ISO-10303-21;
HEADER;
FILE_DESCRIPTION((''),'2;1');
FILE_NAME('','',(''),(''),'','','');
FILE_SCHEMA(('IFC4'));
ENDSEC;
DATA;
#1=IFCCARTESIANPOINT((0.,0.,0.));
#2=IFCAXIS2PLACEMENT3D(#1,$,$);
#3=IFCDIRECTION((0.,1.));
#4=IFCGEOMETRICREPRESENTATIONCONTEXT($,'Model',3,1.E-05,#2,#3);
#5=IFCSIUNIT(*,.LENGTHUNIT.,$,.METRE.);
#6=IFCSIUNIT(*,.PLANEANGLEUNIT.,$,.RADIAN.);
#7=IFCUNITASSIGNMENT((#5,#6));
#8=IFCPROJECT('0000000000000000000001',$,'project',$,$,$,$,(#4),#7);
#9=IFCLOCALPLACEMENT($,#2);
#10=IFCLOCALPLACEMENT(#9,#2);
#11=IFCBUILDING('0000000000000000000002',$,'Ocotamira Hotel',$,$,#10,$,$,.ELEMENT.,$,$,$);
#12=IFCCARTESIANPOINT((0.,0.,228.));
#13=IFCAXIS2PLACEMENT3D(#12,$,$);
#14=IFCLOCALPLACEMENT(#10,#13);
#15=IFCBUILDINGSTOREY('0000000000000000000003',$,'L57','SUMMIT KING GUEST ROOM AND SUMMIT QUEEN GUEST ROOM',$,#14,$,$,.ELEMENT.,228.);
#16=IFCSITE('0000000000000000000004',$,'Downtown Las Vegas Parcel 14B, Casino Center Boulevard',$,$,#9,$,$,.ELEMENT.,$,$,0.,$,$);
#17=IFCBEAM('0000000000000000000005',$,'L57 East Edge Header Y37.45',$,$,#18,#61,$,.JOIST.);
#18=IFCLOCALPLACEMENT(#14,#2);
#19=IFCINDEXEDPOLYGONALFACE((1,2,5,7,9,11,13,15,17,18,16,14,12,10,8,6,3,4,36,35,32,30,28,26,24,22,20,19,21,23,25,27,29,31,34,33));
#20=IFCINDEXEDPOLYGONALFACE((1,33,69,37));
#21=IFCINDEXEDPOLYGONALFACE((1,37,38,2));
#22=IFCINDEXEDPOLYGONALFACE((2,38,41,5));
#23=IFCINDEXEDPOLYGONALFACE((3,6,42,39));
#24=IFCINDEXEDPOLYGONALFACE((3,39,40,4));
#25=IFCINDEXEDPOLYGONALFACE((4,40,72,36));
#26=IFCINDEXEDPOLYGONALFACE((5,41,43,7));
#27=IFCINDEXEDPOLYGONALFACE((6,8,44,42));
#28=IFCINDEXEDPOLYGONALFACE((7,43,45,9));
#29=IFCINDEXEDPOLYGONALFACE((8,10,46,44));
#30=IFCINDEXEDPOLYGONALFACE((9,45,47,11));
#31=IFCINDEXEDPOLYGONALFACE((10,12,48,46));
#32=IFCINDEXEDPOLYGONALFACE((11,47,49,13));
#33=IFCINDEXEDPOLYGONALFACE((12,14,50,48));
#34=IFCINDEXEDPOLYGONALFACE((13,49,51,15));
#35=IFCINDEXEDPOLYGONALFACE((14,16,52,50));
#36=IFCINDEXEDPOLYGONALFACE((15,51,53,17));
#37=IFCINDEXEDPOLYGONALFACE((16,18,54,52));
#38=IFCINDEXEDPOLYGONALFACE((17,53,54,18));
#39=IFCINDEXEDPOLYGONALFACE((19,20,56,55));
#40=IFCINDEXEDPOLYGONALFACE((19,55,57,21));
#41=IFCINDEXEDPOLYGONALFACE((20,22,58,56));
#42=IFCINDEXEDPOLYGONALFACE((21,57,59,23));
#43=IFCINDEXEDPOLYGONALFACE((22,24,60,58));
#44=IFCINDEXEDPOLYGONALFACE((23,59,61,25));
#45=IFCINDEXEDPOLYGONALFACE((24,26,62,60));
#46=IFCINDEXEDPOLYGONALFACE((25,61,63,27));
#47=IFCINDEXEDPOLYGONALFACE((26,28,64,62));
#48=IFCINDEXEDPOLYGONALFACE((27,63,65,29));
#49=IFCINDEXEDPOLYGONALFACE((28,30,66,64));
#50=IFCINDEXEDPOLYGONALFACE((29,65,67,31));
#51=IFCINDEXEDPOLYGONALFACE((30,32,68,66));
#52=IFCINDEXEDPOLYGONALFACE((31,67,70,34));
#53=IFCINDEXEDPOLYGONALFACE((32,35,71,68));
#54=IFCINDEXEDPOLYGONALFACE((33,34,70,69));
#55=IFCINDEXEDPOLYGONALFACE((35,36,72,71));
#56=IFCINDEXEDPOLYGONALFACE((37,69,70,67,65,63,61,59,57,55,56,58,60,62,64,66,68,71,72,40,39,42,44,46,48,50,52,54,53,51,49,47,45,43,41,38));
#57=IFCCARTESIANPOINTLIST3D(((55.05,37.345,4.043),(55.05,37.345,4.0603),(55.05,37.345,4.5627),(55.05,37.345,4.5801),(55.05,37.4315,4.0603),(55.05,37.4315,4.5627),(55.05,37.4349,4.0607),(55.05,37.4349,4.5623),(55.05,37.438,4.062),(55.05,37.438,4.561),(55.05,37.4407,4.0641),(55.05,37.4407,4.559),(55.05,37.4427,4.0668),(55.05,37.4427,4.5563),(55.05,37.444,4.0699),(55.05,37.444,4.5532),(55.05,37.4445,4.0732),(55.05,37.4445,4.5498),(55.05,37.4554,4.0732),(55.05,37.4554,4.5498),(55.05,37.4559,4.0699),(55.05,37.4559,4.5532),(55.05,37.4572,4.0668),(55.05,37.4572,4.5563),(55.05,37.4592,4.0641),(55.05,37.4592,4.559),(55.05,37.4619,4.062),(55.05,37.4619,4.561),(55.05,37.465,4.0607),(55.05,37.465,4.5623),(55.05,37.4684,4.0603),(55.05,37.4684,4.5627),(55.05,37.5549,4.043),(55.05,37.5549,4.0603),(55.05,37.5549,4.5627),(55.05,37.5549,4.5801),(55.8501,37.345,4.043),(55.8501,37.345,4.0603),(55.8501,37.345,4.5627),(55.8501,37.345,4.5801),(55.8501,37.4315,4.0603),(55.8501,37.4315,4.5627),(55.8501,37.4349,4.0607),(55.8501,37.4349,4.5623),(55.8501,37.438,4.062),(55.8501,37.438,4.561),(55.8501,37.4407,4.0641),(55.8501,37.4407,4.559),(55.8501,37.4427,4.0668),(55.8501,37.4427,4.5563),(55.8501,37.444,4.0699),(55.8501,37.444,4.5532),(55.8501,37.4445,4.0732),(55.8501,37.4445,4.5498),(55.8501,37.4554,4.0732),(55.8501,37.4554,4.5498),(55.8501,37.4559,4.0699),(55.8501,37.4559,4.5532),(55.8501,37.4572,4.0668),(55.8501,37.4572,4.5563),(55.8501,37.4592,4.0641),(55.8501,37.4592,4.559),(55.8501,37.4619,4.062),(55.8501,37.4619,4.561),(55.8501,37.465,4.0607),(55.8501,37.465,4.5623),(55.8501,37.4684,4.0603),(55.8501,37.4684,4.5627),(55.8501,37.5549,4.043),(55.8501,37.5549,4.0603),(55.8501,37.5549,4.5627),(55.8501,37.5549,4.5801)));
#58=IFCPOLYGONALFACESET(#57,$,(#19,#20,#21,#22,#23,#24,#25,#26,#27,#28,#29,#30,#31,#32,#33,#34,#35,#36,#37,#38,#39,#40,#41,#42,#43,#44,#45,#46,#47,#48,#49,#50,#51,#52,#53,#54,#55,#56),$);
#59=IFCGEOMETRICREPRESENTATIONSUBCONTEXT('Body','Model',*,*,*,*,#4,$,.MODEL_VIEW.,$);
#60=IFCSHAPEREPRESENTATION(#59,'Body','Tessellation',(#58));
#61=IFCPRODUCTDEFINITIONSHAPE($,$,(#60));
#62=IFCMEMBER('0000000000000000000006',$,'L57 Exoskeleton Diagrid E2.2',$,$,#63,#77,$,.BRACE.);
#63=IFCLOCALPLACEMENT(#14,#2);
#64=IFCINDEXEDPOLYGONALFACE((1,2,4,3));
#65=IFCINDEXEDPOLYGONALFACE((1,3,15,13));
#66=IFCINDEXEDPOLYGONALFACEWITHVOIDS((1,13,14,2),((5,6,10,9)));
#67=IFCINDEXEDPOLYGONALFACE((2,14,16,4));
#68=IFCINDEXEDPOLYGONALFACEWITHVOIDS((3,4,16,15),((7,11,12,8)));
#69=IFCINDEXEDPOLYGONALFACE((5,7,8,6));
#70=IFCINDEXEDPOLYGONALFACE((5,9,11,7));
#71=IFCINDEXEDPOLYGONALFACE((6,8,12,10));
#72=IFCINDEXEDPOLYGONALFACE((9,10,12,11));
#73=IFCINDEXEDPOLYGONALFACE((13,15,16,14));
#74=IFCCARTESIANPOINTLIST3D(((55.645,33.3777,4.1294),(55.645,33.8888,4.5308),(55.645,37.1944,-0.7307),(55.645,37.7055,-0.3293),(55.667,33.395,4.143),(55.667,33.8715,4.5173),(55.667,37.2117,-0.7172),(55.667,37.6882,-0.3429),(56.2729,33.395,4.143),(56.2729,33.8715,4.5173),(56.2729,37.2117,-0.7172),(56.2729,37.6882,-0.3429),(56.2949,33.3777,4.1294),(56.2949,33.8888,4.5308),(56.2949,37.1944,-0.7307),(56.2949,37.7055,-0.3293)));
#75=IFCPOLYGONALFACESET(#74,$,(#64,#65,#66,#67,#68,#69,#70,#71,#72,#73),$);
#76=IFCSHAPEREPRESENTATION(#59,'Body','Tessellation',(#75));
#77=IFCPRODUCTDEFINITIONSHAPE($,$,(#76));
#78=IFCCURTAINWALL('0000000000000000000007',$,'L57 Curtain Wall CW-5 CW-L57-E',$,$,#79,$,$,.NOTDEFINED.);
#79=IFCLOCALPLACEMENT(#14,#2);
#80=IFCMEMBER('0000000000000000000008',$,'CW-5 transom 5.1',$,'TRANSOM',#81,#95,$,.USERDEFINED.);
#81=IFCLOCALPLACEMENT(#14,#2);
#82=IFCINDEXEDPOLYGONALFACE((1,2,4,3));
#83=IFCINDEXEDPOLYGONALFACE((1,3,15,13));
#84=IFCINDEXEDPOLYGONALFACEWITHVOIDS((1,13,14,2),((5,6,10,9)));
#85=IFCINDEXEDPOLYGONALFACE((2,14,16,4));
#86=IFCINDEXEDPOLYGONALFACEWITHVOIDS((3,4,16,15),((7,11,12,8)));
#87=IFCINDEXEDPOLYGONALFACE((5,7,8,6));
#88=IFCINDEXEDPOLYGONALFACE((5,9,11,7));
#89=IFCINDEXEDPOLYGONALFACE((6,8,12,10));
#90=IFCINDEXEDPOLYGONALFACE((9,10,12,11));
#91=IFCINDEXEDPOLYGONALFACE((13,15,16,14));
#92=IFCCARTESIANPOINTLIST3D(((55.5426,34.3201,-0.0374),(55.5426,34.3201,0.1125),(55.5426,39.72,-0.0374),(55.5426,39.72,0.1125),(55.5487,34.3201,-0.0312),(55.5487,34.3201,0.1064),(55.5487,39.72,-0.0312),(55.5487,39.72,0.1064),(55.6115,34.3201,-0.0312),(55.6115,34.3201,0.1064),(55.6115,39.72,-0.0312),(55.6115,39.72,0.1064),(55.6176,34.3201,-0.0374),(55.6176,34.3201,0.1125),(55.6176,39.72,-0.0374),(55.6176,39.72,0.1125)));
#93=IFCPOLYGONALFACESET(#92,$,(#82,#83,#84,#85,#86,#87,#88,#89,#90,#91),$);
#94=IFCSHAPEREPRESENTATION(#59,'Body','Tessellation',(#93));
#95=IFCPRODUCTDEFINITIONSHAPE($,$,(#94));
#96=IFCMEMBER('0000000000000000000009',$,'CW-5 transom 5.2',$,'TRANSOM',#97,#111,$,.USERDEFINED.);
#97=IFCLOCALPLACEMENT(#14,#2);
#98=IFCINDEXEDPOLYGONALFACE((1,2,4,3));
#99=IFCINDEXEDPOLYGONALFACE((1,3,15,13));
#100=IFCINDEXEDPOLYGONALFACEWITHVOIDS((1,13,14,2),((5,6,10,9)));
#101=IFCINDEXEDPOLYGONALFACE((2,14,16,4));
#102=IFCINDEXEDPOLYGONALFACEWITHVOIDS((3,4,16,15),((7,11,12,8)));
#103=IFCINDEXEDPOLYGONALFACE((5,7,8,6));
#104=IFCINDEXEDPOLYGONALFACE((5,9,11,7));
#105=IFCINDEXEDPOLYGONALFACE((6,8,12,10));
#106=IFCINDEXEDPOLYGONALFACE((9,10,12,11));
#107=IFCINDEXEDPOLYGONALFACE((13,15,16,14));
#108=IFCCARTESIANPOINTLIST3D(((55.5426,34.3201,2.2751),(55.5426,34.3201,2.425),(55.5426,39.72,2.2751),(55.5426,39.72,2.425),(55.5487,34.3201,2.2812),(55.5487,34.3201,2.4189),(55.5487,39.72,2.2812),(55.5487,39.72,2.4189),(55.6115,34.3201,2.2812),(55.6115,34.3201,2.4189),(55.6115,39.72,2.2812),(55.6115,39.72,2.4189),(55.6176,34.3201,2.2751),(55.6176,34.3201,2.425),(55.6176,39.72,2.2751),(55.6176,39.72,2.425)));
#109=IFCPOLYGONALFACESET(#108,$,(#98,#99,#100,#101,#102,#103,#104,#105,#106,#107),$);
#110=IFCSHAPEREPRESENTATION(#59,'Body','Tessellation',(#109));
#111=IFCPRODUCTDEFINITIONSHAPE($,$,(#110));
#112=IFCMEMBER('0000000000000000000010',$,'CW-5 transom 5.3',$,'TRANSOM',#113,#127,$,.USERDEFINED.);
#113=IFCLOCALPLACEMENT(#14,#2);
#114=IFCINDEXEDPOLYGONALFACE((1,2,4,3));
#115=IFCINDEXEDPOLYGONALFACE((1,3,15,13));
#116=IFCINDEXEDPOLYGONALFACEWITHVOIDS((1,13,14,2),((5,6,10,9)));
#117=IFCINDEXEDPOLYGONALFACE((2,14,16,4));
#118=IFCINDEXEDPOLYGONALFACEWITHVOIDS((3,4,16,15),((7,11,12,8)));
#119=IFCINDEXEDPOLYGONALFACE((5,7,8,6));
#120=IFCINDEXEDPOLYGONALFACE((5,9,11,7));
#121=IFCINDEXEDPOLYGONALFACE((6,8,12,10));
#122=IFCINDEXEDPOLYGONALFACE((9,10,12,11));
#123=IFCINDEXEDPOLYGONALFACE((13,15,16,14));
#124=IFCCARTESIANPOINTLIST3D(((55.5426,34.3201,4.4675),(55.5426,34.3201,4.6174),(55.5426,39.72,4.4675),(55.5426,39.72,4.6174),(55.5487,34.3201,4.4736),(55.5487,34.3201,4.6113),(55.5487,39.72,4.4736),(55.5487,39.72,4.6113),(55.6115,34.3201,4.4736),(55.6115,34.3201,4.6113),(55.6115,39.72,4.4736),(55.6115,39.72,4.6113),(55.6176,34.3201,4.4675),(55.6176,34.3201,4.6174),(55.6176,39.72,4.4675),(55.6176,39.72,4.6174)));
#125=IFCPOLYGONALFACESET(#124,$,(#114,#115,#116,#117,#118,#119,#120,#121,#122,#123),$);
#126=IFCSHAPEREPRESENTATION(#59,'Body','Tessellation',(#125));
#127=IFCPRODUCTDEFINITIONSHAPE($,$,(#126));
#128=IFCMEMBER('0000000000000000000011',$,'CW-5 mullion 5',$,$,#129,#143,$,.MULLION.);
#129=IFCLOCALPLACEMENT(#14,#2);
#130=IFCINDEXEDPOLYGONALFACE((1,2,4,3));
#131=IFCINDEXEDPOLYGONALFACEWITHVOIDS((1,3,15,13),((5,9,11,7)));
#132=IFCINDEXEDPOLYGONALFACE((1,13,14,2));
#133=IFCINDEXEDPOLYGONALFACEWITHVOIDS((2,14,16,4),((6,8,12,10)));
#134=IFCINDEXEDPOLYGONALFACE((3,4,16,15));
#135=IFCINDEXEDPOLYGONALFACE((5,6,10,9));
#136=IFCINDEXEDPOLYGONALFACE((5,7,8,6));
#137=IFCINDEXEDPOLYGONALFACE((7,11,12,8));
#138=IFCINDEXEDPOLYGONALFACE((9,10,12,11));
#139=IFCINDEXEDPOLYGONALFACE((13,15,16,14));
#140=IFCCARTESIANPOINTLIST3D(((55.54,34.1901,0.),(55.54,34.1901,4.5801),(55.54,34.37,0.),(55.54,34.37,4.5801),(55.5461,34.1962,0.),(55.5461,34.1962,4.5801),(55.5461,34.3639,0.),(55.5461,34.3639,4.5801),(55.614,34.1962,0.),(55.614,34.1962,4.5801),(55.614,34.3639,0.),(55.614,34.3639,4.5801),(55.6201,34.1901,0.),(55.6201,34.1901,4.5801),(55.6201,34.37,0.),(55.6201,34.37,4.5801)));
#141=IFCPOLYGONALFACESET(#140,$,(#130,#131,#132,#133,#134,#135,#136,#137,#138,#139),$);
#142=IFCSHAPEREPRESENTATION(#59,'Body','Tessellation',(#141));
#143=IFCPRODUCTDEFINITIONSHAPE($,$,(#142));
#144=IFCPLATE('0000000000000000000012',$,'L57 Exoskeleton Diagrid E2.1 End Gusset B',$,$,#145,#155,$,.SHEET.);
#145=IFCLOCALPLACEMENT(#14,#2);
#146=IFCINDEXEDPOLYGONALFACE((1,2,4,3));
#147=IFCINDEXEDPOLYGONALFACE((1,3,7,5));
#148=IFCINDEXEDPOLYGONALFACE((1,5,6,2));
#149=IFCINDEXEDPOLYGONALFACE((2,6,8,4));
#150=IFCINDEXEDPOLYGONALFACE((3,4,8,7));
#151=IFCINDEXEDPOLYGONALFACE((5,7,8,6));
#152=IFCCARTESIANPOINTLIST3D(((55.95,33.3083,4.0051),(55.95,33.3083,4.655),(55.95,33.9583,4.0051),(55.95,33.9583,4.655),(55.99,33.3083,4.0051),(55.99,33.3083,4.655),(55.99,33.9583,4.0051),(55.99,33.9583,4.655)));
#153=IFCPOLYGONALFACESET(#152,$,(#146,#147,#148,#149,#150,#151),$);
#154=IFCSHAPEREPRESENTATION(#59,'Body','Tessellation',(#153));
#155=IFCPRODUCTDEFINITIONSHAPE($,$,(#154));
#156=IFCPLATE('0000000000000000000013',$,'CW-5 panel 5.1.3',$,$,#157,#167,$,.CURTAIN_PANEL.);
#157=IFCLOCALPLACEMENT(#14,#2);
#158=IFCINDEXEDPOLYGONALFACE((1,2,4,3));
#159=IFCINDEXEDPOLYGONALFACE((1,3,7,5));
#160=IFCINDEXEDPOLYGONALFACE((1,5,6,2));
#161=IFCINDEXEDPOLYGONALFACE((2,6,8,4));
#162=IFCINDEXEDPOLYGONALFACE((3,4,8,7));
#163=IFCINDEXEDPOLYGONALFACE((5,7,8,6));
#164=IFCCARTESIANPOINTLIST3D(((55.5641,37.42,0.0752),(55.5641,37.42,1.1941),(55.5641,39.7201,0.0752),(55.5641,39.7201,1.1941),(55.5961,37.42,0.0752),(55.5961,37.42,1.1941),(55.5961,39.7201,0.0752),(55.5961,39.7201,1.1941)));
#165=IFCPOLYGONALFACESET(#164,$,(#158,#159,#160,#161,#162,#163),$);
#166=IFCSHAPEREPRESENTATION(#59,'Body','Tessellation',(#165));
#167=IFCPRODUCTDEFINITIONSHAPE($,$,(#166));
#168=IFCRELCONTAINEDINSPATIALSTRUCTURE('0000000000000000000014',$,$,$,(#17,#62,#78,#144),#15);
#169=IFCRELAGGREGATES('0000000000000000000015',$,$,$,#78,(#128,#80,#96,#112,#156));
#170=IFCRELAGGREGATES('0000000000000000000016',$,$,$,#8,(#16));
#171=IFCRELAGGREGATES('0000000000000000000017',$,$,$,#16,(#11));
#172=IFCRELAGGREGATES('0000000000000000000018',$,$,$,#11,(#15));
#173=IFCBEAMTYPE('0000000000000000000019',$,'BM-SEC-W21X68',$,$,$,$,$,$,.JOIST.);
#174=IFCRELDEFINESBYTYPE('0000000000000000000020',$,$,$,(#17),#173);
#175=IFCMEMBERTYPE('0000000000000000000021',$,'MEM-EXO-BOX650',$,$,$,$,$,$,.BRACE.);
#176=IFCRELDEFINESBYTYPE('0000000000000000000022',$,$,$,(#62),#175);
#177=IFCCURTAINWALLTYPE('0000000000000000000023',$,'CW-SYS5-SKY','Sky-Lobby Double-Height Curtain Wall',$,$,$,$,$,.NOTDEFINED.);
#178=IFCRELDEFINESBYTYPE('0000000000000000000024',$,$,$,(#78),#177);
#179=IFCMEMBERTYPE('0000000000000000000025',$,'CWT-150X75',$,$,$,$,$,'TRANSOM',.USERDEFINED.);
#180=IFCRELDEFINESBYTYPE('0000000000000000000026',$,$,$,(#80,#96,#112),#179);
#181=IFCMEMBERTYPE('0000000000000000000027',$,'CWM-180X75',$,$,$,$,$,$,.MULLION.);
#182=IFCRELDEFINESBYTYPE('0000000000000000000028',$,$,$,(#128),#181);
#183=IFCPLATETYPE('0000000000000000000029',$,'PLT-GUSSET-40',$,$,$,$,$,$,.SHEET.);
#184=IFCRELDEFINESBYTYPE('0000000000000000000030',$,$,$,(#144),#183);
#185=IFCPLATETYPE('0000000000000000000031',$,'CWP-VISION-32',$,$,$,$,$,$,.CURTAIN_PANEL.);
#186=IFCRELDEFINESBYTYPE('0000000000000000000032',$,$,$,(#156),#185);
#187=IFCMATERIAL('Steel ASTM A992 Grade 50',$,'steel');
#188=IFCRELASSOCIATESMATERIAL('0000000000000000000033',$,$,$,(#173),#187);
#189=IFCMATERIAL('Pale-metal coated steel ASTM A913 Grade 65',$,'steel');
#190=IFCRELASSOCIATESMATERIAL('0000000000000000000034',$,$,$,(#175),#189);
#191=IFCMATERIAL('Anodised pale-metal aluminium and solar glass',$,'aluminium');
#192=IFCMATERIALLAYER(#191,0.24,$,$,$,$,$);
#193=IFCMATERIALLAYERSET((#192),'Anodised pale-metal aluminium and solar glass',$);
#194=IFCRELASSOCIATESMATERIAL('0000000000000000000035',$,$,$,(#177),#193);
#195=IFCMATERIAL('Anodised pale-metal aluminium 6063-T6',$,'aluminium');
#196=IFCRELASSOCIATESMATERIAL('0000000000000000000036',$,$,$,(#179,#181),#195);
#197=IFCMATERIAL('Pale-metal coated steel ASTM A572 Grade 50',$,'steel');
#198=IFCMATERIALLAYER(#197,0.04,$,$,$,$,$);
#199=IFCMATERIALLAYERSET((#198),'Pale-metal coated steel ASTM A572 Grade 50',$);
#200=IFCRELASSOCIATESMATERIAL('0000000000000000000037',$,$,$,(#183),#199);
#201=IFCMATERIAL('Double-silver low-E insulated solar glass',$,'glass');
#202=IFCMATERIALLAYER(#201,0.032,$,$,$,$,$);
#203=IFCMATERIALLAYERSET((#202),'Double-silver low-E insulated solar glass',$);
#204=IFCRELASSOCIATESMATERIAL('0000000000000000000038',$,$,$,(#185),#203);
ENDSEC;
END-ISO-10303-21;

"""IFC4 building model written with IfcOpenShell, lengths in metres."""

from ifc_helpers import new_model, si_unit, direction, frame, origin, origin_2d, place, context, subcontext, project, spatial, rectangle, hollow_rectangle, i_section, extrude, source, transform, mapped, material, layer, layer_set, material_profile, profile_set, type_object, element, aggregate, save


model = new_model("IFC4")

# Units and contexts
model_context = context("Model", 3, precision=1e-05, world=origin(), true_north=direction((0.0, 1.0)))
body_context = subcontext(model_context, "Body", "Model", "MODEL_VIEW")
ifc_project = project(units=[si_unit("LENGTHUNIT", "METRE"), si_unit("PLANEANGLEUNIT", "RADIAN")], contexts=[model_context])

# Site, building, storey
site_placement = place(None, origin())
site = spatial("IfcSite", under=ifc_project, at=site_placement, Name="Downtown Las Vegas Parcel 14B, Casino Center Boulevard", CompositionType="ELEMENT", RefElevation=0.0)
building_placement = place(site_placement, origin())
building = spatial("IfcBuilding", under=site, at=building_placement, Name="Ocotamira Hotel", CompositionType="ELEMENT")
storey_placement = place(building_placement, frame((0.0, 0.0, 228.0)))
storey = spatial("IfcBuildingStorey", under=building, at=storey_placement, Name="L57", Description="SUMMIT KING GUEST ROOM AND SUMMIT QUEEN GUEST ROOM", CompositionType="ELEMENT", Elevation=228.0)

# Beam
ifc_material_1 = material(Name="Steel ASTM A992 Grade 50", Category="steel")
ifc_material_profile_1 = material_profile(ifc_material_1, i_section(OverallWidth=0.21, OverallDepth=0.5371, WebThickness=0.011, FlangeThickness=0.0173, FilletRadius=0.0129, at=origin_2d()), Name="W21X68")
ifc_profile_set_1 = profile_set([ifc_material_profile_1], Name="Steel ASTM A992 Grade 50")
beam_type = type_object("IfcBeamType", Name="BM-SEC-W21X68", PredefinedType="JOIST", material=ifc_profile_set_1)
shared_shape_1 = source(origin(), body_context, "Body", "SweptSolid", [
    extrude(i_section(OverallWidth=0.21, OverallDepth=0.5371, WebThickness=0.011, FlangeThickness=0.0173, FilletRadius=0.0129, at=origin_2d()), origin(), (0.0, 0.0, 1.0), 0.8),
])
beam_placement = place(storey_placement, frame((55.05, 37.45, 4.3115), z_axis=(1.0, 0.0, 0.0), x_axis=(0.0, 1.0, 0.0)))
element("IfcBeam", 1, at=beam_placement, inside=storey, type_object=beam_type, Name="L57 East Edge Header Y37.45", PredefinedType="JOIST", context=body_context, shape_type="MappedRepresentation", body=[
    mapped(shared_shape_1, transform((0.0, 0.0, 0.0), scale=1.0)),
])

# Member
ifc_material_2 = material(Name="Pale-metal coated steel ASTM A913 Grade 65", Category="steel")
ifc_material_profile_2 = material_profile(ifc_material_2, hollow_rectangle(XDim=0.6499, YDim=0.6499, WallThickness=0.022, at=origin_2d()), Name="BOX650X650X22")
ifc_profile_set_2 = profile_set([ifc_material_profile_2], Name="Pale-metal coated steel ASTM A913 Grade 65")
member_type_1 = type_object("IfcMemberType", Name="MEM-EXO-BOX650", PredefinedType="BRACE", material=ifc_profile_set_2)
shared_shape_2 = source(origin(), body_context, "Body", "SweptSolid", [
    extrude(hollow_rectangle(XDim=0.6499, YDim=0.6499, WallThickness=0.022, at=origin_2d()), origin(), (0.0, 0.0, 1.0), 6.1797),
])
member_1_placement = place(storey_placement, frame((55.97, 37.45, -0.53), z_axis=(0.0, -0.617621, 0.786476), x_axis=(1.0, 0.0, 0.0)))
element("IfcMember", 2, at=member_1_placement, inside=storey, type_object=member_type_1, Name="L57 Exoskeleton Diagrid E2.2", PredefinedType="BRACE", context=body_context, shape_type="MappedRepresentation", body=[
    mapped(shared_shape_2, transform((0.0, 0.0, 0.0), scale=1.0)),
])

# Curtain wall, members
ifc_material_3 = material(Name="Anodised pale-metal aluminium and solar glass", Category="aluminium")
ifc_layer_1 = layer(ifc_material_3, 0.24)
ifc_layer_set_1 = layer_set([ifc_layer_1], Name="Anodised pale-metal aluminium and solar glass")
curtain_wall_type = type_object("IfcCurtainWallType", Name="CW-SYS5-SKY", Description="Sky-Lobby Double-Height Curtain Wall", PredefinedType="NOTDEFINED", material=ifc_layer_set_1)
curtain_wall_placement = place(storey_placement, origin())
curtain_wall = element("IfcCurtainWall", 3, at=curtain_wall_placement, inside=storey, type_object=curtain_wall_type, Name="L57 Curtain Wall CW-5 CW-L57-E", PredefinedType="NOTDEFINED")
ifc_material_4 = material(Name="Anodised pale-metal aluminium 6063-T6", Category="aluminium")
ifc_material_profile_3 = material_profile(ifc_material_4, hollow_rectangle(XDim=0.075, YDim=0.1499, WallThickness=0.0061, at=origin_2d()), Name="HSS150X75X6")
ifc_profile_set_3 = profile_set([ifc_material_profile_3], Name="Anodised pale-metal aluminium 6063-T6")
member_type_2 = type_object("IfcMemberType", Name="CWT-150X75", ElementType="TRANSOM", PredefinedType="USERDEFINED", material=ifc_profile_set_3)
shared_shape_3 = source(origin(), body_context, "Body", "SweptSolid", [
    extrude(hollow_rectangle(XDim=0.075, YDim=0.1499, WallThickness=0.0061, at=origin_2d()), origin(), (0.0, 0.0, 1.0), 5.3999),
])
member_2_placement = place(storey_placement, frame((55.5801, 34.3201, 0.0376), z_axis=(0.0, 1.0, 0.0), x_axis=(-1.0, 0.0, 0.0)))
member_2 = element("IfcMember", 4, at=member_2_placement, type_object=member_type_2, Name="CW-5 transom 5.1", ObjectType="TRANSOM", PredefinedType="USERDEFINED", context=body_context, shape_type="MappedRepresentation", body=[
    mapped(shared_shape_3, transform((0.0, 0.0, 0.0), scale=1.0)),
])
member_3_placement = place(storey_placement, frame((55.5801, 34.3201, 2.3501), z_axis=(0.0, 1.0, 0.0), x_axis=(-1.0, 0.0, 0.0)))
member_3 = element("IfcMember", 5, at=member_3_placement, type_object=member_type_2, Name="CW-5 transom 5.2", ObjectType="TRANSOM", PredefinedType="USERDEFINED", context=body_context, shape_type="MappedRepresentation", body=[
    mapped(shared_shape_3, transform((0.0, 0.0, 0.0), scale=1.0)),
])
member_4_placement = place(storey_placement, frame((55.5801, 34.3201, 4.5425), z_axis=(0.0, 1.0, 0.0), x_axis=(-1.0, 0.0, 0.0)))
member_4 = element("IfcMember", 6, at=member_4_placement, type_object=member_type_2, Name="CW-5 transom 5.3", ObjectType="TRANSOM", PredefinedType="USERDEFINED", context=body_context, shape_type="MappedRepresentation", body=[
    mapped(shared_shape_3, transform((0.0, 0.0, 0.0), scale=1.0)),
])
ifc_material_profile_4 = material_profile(ifc_material_4, hollow_rectangle(XDim=0.0801, YDim=0.1799, WallThickness=0.0061, at=origin_2d()), Name="HSS180X80X6")
ifc_profile_set_4 = profile_set([ifc_material_profile_4], Name="Anodised pale-metal aluminium 6063-T6")
member_type_3 = type_object("IfcMemberType", Name="CWM-180X75", PredefinedType="MULLION", material=ifc_profile_set_4)
shared_shape_4 = source(origin(), body_context, "Body", "SweptSolid", [
    extrude(hollow_rectangle(XDim=0.0801, YDim=0.1799, WallThickness=0.0061, at=origin_2d()), origin(), (0.0, 0.0, 1.0), 4.5801),
])
member_5_placement = place(storey_placement, frame((55.5801, 34.28, 0.0), z_axis=(0.0, 0.0, 1.0), x_axis=(-1.0, 0.0, 0.0)))
member_5 = element("IfcMember", 7, at=member_5_placement, type_object=member_type_3, Name="CW-5 mullion 5", PredefinedType="MULLION", context=body_context, shape_type="MappedRepresentation", body=[
    mapped(shared_shape_4, transform((0.0, 0.0, 0.0), scale=1.0)),
])

# Plates
ifc_material_5 = material(Name="Pale-metal coated steel ASTM A572 Grade 50", Category="steel")
ifc_layer_2 = layer(ifc_material_5, 0.04)
ifc_layer_set_2 = layer_set([ifc_layer_2], Name="Pale-metal coated steel ASTM A572 Grade 50")
plate_type_1 = type_object("IfcPlateType", Name="PLT-GUSSET-40", PredefinedType="SHEET", material=ifc_layer_set_2)
shared_shape_5 = source(origin(), body_context, "Body", "SweptSolid", [
    extrude(rectangle(XDim=0.04, YDim=0.6499, at=origin_2d()), origin(), (0.0, 0.0, 1.0), 0.6499),
])
plate_1_placement = place(storey_placement, frame((55.97, 33.6333, 4.0051), z_axis=(0.0, 0.0, 1.0), x_axis=(1.0, 0.0, 0.0)))
element("IfcPlate", 8, at=plate_1_placement, inside=storey, type_object=plate_type_1, Name="L57 Exoskeleton Diagrid E2.1 End Gusset B", PredefinedType="SHEET", context=body_context, shape_type="MappedRepresentation", body=[
    mapped(shared_shape_5, transform((0.0, 0.0, 0.0), scale=1.0)),
])
ifc_material_6 = material(Name="Double-silver low-E insulated solar glass", Category="glass")
ifc_layer_3 = layer(ifc_material_6, 0.032)
ifc_layer_set_3 = layer_set([ifc_layer_3], Name="Double-silver low-E insulated solar glass")
plate_type_2 = type_object("IfcPlateType", Name="CWP-VISION-32", PredefinedType="CURTAIN_PANEL", material=ifc_layer_set_3)
shared_shape_6 = source(origin(), body_context, "Body", "SweptSolid", [
    extrude(rectangle(XDim=2.3, YDim=0.032, at=origin_2d()), origin(), (0.0, 0.0, 1.0), 1.1189),
])
plate_2_placement = place(storey_placement, frame((55.5801, 38.5701, 0.0752), z_axis=(0.0, 0.0, 1.0), x_axis=(0.0, 1.0, 0.0)))
plate_2 = element("IfcPlate", 9, at=plate_2_placement, type_object=plate_type_2, Name="CW-5 panel 5.1.3", PredefinedType="CURTAIN_PANEL", context=body_context, shape_type="MappedRepresentation", body=[
    mapped(shared_shape_6, transform((0.0, 0.0, 0.0), scale=1.0)),
])
aggregate(curtain_wall, [member_5, member_2, member_3, member_4, plate_2])

save(model, "model.ifc")
